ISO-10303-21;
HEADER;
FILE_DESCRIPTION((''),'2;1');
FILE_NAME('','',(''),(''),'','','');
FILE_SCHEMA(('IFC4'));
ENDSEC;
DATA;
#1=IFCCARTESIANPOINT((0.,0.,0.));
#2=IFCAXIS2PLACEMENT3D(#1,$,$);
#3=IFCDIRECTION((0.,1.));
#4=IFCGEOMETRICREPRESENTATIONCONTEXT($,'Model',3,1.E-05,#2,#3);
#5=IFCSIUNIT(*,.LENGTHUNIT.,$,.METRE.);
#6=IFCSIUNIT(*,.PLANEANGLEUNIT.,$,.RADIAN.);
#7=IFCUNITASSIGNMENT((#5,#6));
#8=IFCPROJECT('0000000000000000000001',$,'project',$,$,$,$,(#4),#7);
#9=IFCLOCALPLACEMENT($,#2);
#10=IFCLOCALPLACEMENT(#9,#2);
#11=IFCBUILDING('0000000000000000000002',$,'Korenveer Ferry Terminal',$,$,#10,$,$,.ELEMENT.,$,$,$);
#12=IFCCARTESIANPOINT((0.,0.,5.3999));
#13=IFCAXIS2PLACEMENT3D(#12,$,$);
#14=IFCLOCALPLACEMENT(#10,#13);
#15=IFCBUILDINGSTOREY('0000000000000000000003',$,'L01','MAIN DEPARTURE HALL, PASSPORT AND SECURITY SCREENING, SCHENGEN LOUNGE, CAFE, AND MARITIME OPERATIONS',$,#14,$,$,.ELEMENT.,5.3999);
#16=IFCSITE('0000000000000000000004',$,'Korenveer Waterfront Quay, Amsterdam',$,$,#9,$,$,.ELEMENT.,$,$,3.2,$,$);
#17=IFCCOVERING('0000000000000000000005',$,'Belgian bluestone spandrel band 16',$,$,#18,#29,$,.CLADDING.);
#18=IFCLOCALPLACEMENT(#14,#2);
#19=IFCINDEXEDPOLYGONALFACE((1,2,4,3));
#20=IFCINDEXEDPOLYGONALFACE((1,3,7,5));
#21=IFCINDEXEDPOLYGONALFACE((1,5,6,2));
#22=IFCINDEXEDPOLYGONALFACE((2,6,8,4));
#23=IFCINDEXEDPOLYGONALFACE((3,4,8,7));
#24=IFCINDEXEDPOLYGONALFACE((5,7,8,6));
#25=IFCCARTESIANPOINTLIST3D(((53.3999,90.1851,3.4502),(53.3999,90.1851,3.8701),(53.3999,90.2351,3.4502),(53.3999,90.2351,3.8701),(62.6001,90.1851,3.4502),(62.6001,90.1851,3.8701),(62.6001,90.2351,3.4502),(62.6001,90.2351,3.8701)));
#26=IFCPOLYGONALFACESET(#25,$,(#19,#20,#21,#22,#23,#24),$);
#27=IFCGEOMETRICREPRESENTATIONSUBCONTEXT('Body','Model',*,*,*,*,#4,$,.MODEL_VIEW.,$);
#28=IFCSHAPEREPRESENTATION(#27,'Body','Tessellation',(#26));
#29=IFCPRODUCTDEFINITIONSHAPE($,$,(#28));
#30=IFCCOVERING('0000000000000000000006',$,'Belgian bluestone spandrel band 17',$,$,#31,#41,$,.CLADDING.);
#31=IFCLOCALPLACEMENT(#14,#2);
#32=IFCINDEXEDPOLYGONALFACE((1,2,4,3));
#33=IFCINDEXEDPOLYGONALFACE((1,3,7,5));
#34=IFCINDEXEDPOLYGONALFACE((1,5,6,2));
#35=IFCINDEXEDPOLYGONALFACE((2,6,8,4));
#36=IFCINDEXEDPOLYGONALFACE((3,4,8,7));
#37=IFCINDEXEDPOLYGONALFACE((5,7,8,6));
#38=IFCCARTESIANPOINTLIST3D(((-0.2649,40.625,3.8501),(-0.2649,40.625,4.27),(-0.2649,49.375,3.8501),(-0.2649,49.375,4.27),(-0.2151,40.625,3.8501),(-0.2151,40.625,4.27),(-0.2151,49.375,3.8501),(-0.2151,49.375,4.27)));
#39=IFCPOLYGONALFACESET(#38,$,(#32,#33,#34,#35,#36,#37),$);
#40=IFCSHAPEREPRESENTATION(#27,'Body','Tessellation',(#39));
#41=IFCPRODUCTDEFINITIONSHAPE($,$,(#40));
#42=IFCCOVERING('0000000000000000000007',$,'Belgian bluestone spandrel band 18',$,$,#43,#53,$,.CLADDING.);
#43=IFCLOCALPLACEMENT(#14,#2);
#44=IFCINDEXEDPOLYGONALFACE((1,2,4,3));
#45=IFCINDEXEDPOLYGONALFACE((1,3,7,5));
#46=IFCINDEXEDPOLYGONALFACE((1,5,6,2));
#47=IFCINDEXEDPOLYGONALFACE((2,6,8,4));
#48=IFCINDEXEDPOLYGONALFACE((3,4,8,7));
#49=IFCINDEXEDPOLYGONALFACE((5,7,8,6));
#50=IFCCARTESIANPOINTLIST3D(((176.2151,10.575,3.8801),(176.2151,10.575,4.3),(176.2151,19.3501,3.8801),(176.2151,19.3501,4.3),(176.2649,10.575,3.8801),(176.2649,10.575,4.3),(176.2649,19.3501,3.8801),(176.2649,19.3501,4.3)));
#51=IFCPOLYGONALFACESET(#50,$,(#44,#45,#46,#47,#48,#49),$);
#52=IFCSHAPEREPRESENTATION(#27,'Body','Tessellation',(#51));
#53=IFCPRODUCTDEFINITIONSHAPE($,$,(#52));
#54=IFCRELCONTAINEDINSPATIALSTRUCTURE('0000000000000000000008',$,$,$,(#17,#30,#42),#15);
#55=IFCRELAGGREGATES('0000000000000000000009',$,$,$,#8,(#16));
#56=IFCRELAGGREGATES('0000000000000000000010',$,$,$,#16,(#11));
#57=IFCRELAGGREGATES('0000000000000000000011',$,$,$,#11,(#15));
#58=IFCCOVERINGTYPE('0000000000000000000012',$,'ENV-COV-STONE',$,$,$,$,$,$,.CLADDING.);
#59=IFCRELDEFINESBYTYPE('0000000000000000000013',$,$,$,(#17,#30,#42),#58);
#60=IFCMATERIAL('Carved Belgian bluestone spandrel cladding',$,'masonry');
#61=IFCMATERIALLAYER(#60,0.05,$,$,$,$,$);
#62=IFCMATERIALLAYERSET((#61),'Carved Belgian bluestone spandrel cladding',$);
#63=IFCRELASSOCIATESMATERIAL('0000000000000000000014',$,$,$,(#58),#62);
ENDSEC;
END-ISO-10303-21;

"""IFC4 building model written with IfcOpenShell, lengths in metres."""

from ifc_helpers import new_model, si_unit, direction, frame, origin, place, context, subcontext, project, spatial, polyline, outline, extrude, material, layer, layer_set, type_object, element, save


model = new_model("IFC4")

# Units and contexts
model_context = context("Model", 3, precision=1e-05, world=origin(), true_north=direction((0.0, 1.0)))
body_context = subcontext(model_context, "Body", "Model", "MODEL_VIEW")
ifc_project = project(units=[si_unit("LENGTHUNIT", "METRE"), si_unit("PLANEANGLEUNIT", "RADIAN")], contexts=[model_context])

# Site, building, storey
site_placement = place(None, origin())
site = spatial("IfcSite", under=ifc_project, at=site_placement, Name="Korenveer Waterfront Quay, Amsterdam", CompositionType="ELEMENT", RefElevation=3.2)
building_placement = place(site_placement, origin())
building = spatial("IfcBuilding", under=site, at=building_placement, Name="Korenveer Ferry Terminal", CompositionType="ELEMENT")
storey_placement = place(building_placement, frame((0.0, 0.0, 5.3999)))
storey = spatial("IfcBuildingStorey", under=building, at=storey_placement, Name="L01", Description="MAIN DEPARTURE HALL, PASSPORT AND SECURITY SCREENING, SCHENGEN LOUNGE, CAFE, AND MARITIME OPERATIONS", CompositionType="ELEMENT", Elevation=5.3999)

# Coverings
ifc_material_1 = material(Name="Carved Belgian bluestone spandrel cladding", Category="masonry")
ifc_layer_1 = layer(ifc_material_1, 0.05)
ifc_layer_set_1 = layer_set([ifc_layer_1], Name="Carved Belgian bluestone spandrel cladding")
covering_type = type_object("IfcCoveringType", Name="ENV-COV-STONE", PredefinedType="CLADDING", material=ifc_layer_set_1)
covering_1_placement = place(storey_placement, frame((0.0, 0.0, 3.4502)))
element("IfcCovering", 1, at=covering_1_placement, inside=storey, type_object=covering_type, Name="Belgian bluestone spandrel band 16", PredefinedType="CLADDING", context=body_context, shape_type="SweptSolid", body=[
    extrude(outline(polyline([(53.3999, 90.1851), (62.6001, 90.1851), (62.6001, 90.2351), (53.3999, 90.2351), (53.3999, 90.1851)])), origin(), (0.0, 0.0, 1.0), 0.4199),
])
covering_2_placement = place(storey_placement, frame((0.0, 0.0, 3.8501)))
element("IfcCovering", 2, at=covering_2_placement, inside=storey, type_object=covering_type, Name="Belgian bluestone spandrel band 17", PredefinedType="CLADDING", context=body_context, shape_type="SweptSolid", body=[
    extrude(outline(polyline([(-0.2649, 40.625), (-0.2151, 40.625), (-0.2151, 49.375), (-0.2649, 49.375), (-0.2649, 40.625)])), origin(), (0.0, 0.0, 1.0), 0.4199),
])
covering_3_placement = place(storey_placement, frame((0.0, 0.0, 3.8801)))
element("IfcCovering", 3, at=covering_3_placement, inside=storey, type_object=covering_type, Name="Belgian bluestone spandrel band 18", PredefinedType="CLADDING", context=body_context, shape_type="SweptSolid", body=[
    extrude(outline(polyline([(176.2151, 10.575), (176.2649, 10.575), (176.2649, 19.3501), (176.2151, 19.3501), (176.2151, 10.575)])), origin(), (0.0, 0.0, 1.0), 0.4199),
])

save(model, "model.ifc")
